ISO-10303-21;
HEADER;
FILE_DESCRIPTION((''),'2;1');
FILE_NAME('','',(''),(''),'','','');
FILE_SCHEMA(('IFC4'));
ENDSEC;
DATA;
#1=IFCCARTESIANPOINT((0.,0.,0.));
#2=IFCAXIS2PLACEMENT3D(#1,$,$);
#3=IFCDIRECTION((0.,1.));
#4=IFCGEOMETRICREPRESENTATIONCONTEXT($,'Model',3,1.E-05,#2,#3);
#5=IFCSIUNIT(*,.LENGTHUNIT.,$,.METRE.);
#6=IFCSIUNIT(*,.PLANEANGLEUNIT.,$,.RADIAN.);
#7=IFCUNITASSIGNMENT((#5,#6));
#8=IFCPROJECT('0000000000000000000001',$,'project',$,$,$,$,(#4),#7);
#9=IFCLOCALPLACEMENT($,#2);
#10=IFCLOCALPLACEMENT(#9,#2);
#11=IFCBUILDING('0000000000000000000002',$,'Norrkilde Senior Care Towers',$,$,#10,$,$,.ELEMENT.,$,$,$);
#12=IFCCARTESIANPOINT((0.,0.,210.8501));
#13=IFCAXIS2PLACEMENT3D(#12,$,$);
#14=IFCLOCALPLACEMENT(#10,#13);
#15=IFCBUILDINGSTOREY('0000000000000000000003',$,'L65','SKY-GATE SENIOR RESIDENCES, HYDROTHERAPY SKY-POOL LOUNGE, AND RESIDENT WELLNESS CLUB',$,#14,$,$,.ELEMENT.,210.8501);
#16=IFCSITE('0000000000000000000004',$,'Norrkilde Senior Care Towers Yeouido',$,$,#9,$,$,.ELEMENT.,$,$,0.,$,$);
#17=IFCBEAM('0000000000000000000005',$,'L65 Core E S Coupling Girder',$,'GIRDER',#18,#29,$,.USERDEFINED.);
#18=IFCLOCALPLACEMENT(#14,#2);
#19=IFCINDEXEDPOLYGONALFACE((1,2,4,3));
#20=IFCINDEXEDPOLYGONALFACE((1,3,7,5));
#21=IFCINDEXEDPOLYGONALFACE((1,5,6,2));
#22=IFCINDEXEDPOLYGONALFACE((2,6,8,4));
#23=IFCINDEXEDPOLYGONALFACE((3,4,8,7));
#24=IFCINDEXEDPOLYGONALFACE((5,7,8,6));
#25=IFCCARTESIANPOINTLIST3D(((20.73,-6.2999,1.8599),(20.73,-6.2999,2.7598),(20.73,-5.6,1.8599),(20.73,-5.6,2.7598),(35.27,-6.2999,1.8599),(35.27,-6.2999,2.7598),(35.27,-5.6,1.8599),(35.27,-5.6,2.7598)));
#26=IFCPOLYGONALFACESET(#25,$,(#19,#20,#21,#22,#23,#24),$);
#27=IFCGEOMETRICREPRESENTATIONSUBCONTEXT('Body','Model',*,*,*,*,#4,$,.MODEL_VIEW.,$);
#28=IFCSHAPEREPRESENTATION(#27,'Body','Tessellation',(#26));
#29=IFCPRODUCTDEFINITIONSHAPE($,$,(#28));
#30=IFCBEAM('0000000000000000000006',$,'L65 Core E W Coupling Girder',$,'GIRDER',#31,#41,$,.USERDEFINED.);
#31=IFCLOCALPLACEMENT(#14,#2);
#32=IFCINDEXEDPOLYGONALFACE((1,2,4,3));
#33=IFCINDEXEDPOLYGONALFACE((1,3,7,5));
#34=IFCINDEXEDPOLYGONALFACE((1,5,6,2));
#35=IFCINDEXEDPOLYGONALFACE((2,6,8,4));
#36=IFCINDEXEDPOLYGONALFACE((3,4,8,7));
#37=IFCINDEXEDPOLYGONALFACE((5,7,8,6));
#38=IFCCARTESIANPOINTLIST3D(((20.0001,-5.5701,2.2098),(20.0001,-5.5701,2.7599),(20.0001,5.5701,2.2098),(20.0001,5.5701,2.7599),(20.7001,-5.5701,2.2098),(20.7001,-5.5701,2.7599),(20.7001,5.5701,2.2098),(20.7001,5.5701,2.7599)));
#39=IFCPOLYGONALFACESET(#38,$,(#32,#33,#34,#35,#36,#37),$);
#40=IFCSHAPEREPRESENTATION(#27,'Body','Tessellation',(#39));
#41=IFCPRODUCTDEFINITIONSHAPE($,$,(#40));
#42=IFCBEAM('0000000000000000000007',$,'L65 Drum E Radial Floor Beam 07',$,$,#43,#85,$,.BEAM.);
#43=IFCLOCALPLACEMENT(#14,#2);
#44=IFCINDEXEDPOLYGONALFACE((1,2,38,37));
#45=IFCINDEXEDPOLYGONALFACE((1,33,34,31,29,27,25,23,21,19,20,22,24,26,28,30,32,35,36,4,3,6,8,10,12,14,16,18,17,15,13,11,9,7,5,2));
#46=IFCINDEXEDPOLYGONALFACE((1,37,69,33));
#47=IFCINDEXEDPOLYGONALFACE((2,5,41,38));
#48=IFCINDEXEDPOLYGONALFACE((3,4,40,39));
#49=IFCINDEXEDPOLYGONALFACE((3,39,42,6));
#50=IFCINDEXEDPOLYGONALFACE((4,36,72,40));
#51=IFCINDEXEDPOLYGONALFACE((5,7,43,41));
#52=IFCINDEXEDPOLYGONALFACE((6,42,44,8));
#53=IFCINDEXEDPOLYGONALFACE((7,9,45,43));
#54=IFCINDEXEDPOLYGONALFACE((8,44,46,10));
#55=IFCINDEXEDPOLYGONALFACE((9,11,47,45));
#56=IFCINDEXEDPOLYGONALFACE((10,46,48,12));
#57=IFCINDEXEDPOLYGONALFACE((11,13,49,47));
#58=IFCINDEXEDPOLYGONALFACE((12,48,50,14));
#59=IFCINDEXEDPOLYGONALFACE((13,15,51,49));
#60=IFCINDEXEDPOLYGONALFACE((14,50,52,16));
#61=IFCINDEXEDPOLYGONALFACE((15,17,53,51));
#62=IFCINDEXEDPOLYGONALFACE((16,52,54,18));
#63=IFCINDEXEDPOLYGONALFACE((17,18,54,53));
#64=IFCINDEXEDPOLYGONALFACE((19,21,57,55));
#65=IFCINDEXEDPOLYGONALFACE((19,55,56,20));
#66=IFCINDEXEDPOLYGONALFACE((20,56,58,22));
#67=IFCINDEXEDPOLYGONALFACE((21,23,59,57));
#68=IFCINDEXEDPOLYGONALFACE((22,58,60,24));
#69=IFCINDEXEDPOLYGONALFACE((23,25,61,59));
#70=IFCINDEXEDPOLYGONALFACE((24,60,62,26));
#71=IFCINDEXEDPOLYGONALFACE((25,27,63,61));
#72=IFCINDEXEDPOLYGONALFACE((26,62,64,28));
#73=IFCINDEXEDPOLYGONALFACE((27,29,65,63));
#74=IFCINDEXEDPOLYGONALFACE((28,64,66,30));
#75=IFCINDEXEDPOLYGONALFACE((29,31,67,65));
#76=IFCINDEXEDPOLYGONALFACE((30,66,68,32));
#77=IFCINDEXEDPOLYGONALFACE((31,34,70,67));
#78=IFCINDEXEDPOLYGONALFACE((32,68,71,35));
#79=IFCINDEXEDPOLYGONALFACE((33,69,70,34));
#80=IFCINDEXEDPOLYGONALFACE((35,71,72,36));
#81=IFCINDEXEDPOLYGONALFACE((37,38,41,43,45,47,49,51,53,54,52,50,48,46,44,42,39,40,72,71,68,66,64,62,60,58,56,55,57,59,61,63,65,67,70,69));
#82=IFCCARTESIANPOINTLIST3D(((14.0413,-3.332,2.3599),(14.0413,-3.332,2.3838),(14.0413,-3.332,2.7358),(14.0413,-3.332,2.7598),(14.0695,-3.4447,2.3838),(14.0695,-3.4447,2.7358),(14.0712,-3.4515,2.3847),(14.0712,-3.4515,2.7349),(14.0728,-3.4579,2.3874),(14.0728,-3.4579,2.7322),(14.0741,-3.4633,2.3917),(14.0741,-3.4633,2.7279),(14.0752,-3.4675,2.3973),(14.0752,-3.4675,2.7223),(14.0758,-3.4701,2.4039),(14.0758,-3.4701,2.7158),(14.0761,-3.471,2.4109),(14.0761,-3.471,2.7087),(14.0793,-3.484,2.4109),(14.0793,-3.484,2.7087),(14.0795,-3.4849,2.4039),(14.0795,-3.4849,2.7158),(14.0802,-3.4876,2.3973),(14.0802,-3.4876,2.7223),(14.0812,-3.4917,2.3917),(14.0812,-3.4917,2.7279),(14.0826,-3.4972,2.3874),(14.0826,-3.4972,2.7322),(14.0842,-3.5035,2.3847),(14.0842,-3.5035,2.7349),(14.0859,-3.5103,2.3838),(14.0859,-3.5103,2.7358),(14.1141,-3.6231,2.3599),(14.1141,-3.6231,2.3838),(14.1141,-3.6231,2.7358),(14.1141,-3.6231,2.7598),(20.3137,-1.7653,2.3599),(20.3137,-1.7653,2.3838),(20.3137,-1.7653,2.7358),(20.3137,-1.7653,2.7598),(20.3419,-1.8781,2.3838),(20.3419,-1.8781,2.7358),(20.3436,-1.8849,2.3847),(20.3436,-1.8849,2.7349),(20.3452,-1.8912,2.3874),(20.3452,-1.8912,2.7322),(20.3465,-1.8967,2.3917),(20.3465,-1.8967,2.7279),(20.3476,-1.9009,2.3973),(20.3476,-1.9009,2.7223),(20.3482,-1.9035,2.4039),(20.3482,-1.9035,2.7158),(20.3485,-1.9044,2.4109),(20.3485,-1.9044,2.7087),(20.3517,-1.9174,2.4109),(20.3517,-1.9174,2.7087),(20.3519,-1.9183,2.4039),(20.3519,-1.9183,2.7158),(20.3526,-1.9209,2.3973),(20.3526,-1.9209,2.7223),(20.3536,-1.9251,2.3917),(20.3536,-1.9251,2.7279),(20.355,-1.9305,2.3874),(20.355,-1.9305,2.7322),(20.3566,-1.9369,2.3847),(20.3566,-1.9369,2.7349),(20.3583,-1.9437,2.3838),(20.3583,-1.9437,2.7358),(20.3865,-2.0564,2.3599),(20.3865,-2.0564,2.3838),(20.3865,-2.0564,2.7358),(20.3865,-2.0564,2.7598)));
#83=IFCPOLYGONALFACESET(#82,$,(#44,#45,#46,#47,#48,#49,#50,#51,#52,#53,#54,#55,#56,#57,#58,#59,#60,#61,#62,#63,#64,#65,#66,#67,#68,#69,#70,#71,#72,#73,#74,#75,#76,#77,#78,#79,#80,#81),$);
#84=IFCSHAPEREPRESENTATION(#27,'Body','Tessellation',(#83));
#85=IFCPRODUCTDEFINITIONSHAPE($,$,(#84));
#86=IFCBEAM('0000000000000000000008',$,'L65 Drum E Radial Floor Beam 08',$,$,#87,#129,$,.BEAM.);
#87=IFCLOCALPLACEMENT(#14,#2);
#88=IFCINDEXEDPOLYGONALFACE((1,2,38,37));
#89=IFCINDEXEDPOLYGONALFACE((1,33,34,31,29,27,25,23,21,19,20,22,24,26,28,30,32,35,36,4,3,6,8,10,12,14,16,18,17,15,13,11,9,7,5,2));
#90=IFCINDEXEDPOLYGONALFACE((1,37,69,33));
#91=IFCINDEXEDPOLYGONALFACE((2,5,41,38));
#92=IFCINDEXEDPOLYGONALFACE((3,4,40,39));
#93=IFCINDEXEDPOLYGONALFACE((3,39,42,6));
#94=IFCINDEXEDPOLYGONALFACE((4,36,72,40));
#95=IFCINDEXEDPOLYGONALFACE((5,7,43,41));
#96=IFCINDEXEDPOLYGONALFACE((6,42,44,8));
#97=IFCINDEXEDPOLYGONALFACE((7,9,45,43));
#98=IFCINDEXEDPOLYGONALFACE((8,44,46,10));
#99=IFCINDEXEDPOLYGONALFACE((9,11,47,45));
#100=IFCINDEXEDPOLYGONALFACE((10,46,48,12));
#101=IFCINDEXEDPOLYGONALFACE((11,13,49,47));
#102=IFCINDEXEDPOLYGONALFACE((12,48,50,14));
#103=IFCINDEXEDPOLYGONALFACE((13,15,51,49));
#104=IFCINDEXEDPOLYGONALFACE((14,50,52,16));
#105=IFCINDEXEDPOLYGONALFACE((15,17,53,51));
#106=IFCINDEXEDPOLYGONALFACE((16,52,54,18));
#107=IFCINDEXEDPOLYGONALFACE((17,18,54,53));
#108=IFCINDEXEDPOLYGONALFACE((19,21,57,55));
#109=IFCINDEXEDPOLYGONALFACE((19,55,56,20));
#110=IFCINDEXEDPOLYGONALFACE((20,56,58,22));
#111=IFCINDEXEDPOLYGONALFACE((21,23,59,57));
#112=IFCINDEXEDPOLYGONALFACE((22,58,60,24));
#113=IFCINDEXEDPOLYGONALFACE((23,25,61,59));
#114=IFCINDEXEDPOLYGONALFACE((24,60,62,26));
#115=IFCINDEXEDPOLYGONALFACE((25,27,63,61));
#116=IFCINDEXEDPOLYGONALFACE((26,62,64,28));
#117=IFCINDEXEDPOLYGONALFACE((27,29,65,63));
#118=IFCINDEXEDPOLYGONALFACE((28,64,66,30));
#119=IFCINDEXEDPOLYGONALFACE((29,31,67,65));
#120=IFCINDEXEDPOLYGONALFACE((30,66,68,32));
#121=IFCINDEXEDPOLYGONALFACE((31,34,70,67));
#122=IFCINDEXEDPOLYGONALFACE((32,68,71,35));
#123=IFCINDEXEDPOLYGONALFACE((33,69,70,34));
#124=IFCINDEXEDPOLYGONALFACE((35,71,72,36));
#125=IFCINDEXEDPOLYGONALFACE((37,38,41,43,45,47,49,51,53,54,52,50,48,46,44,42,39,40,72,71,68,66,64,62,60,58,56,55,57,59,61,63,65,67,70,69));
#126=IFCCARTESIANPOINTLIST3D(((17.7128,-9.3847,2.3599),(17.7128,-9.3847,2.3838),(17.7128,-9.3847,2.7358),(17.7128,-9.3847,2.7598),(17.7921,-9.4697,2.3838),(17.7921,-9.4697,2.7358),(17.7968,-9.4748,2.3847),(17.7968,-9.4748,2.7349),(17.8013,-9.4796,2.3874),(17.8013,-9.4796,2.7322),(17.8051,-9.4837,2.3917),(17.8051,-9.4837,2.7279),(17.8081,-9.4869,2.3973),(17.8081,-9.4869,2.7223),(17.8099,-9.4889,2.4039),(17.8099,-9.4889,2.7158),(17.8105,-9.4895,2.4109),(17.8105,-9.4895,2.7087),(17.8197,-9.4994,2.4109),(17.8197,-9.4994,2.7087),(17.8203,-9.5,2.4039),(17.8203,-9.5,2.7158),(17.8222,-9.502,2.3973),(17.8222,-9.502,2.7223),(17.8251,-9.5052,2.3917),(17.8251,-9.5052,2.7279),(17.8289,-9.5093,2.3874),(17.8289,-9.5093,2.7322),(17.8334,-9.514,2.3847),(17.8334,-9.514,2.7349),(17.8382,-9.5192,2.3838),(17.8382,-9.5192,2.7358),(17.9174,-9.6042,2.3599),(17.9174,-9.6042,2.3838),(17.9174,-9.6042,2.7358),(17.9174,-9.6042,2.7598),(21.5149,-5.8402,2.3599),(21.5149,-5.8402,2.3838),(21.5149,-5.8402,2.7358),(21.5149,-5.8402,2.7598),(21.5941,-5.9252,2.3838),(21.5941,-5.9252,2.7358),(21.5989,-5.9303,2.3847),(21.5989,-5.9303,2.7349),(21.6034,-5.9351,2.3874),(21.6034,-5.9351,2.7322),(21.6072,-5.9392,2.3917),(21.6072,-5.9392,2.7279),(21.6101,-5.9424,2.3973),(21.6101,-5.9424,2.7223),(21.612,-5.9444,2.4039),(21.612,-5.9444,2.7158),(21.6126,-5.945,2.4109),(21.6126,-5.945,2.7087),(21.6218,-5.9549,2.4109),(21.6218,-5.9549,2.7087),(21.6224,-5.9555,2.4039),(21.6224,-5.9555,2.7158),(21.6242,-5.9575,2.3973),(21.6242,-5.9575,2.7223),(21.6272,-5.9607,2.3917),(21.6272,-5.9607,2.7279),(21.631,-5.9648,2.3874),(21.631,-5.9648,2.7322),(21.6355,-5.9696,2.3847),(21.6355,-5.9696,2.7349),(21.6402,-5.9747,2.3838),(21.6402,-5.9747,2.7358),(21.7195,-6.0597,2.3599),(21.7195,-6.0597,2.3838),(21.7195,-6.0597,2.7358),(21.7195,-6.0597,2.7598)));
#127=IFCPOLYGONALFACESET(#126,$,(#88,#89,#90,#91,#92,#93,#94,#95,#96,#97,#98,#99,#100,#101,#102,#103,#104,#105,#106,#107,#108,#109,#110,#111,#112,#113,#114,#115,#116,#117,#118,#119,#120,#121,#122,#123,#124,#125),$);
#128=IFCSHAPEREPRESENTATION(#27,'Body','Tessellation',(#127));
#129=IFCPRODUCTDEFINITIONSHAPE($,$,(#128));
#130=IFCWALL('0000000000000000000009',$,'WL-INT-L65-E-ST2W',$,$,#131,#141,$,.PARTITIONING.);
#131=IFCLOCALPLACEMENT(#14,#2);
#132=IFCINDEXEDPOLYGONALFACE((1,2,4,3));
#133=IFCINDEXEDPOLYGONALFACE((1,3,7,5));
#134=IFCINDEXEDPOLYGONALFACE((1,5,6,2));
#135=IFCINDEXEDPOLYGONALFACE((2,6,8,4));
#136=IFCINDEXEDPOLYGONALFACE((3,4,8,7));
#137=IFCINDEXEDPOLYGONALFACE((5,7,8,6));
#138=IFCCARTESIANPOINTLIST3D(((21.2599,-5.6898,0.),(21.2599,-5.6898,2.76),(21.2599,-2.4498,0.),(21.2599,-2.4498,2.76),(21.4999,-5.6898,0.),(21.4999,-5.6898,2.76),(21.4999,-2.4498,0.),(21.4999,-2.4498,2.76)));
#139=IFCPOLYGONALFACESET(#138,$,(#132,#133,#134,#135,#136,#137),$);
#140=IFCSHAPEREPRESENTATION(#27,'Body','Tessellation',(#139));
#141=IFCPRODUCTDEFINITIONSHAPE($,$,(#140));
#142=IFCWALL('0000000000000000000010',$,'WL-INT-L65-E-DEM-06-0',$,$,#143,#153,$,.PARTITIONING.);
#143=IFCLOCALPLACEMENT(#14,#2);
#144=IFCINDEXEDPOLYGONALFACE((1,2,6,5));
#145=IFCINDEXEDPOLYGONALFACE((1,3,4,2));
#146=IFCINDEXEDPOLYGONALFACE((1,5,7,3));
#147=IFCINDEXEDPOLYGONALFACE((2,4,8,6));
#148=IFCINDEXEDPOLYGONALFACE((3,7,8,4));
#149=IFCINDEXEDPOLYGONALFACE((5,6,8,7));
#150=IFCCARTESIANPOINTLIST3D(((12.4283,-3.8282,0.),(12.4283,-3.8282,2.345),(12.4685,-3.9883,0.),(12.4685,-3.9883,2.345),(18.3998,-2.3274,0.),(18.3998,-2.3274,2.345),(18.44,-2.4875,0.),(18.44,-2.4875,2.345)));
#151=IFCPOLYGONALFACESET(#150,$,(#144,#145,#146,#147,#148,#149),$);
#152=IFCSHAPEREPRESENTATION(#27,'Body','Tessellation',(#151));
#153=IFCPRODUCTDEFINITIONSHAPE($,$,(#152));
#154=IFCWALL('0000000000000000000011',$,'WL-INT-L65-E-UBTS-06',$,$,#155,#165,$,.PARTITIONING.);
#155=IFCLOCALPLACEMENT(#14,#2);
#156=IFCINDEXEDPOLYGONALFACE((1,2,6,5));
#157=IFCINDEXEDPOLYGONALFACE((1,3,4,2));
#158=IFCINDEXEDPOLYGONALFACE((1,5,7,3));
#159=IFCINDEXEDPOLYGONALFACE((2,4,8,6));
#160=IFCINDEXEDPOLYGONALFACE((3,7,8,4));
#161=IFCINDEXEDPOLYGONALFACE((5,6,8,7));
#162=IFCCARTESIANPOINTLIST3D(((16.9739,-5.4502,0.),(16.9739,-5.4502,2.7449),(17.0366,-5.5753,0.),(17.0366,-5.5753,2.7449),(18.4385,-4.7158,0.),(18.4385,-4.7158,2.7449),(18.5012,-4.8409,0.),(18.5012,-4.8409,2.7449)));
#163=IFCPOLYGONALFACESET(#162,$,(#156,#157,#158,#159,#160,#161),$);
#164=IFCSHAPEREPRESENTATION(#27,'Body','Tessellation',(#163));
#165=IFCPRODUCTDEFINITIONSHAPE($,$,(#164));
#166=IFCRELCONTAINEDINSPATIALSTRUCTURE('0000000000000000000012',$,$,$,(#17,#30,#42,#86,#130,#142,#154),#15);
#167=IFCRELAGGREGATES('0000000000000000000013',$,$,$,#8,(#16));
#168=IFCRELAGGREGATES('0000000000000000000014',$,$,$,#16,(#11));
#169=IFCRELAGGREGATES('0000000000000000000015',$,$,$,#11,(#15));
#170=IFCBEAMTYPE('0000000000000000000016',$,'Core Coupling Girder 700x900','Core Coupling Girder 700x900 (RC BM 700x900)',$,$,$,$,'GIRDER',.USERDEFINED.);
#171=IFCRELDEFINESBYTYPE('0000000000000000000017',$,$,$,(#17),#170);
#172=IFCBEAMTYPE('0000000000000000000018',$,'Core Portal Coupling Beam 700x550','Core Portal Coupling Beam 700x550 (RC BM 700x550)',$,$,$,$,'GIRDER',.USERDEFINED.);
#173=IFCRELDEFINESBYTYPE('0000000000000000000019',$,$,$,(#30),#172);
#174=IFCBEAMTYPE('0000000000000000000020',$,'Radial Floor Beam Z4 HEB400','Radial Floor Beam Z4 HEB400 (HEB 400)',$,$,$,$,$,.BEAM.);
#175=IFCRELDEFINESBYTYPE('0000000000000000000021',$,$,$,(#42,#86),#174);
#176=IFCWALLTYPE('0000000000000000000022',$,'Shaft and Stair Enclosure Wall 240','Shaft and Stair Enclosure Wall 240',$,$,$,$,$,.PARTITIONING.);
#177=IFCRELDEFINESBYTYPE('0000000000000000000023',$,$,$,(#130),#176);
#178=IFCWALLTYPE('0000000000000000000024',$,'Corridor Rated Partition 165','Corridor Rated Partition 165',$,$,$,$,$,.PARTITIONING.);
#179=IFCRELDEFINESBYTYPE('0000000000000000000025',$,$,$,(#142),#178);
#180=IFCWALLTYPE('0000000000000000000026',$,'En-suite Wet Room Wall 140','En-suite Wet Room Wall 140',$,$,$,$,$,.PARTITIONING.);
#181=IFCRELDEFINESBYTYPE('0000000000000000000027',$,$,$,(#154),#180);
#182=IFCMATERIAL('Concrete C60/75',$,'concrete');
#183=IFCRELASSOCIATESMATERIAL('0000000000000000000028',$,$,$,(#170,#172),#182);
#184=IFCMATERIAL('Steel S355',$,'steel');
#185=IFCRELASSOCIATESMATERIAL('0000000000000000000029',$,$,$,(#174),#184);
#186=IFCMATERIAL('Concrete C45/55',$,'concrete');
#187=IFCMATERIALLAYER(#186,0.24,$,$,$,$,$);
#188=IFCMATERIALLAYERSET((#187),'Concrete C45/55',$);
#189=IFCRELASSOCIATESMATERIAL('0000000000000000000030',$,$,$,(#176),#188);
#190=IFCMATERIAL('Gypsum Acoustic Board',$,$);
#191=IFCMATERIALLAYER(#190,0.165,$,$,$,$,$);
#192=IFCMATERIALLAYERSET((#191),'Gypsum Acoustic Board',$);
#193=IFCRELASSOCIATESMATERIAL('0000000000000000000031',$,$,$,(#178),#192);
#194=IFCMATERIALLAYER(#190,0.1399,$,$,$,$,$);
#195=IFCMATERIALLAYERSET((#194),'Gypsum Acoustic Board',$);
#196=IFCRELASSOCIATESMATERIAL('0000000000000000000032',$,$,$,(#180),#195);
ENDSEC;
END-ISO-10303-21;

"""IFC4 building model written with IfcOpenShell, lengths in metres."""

from ifc_helpers import new_model, si_unit, direction, frame, frame_2d, origin, origin_2d, place, context, subcontext, project, spatial, rectangle, i_section, extrude, source, transform, mapped, material, layer, layer_set, material_profile, profile_set, type_object, type_shapes, element, save


model = new_model("IFC4")

# Units and contexts
model_context = context("Model", 3, precision=1e-05, world=origin(), true_north=direction((0.0, 1.0)))
body_context = subcontext(model_context, "Body", "Model", "MODEL_VIEW")
ifc_project = project(units=[si_unit("LENGTHUNIT", "METRE"), si_unit("PLANEANGLEUNIT", "RADIAN")], contexts=[model_context])

# Site, building, storey
site_placement = place(None, origin())
site = spatial("IfcSite", under=ifc_project, at=site_placement, Name="Norrkilde Senior Care Towers Yeouido", CompositionType="ELEMENT", RefElevation=0.0)
building_placement = place(site_placement, origin())
building = spatial("IfcBuilding", under=site, at=building_placement, Name="Norrkilde Senior Care Towers", CompositionType="ELEMENT")
storey_placement = place(building_placement, frame((0.0, 0.0, 210.8501)))
storey = spatial("IfcBuildingStorey", under=building, at=storey_placement, Name="L65", Description="SKY-GATE SENIOR RESIDENCES, HYDROTHERAPY SKY-POOL LOUNGE, AND RESIDENT WELLNESS CLUB", CompositionType="ELEMENT", Elevation=210.8501)

# Beams
ifc_material_1 = material(Name="Concrete C60/75", Category="concrete")
ifc_material_profile_1 = material_profile(ifc_material_1, rectangle(XDim=0.7, YDim=0.8999, at=origin_2d()), Name="RC BM 700x900")
ifc_profile_set_1 = profile_set([ifc_material_profile_1], Name="Concrete C60/75")
beam_type_1 = type_object("IfcBeamType", Name="Core Coupling Girder 700x900", Description="Core Coupling Girder 700x900 (RC BM 700x900)", ElementType="GIRDER", PredefinedType="USERDEFINED", material=ifc_profile_set_1)
shared_shape_1 = source(origin(), body_context, "Body", "SweptSolid", [
    extrude(rectangle(XDim=0.7, YDim=0.8999, at=origin_2d()), origin(), (0.0, 0.0, 1.0), 14.54),
])
type_shapes(beam_type_1, [shared_shape_1])
beam_1_placement = place(storey_placement, frame((20.73, -5.95, 2.3098), z_axis=(1.0, 0.0, 0.0), x_axis=(0.0, 1.0, 0.0)))
element("IfcBeam", 1, at=beam_1_placement, inside=storey, type_object=beam_type_1, Name="L65 Core E S Coupling Girder", ObjectType="GIRDER", PredefinedType="USERDEFINED", context=body_context, shape_type="MappedRepresentation", body=[
    mapped(shared_shape_1, transform((0.0, 0.0, 0.0), x_axis=(1.0, 0.0, 0.0), y_axis=(0.0, 1.0, 0.0), z_axis=(0.0, 0.0, 1.0), scale=1.0)),
])
ifc_material_profile_2 = material_profile(ifc_material_1, rectangle(XDim=0.7, YDim=0.55, at=origin_2d()), Name="RC BM 700x550")
ifc_profile_set_2 = profile_set([ifc_material_profile_2], Name="Concrete C60/75")
beam_type_2 = type_object("IfcBeamType", Name="Core Portal Coupling Beam 700x550", Description="Core Portal Coupling Beam 700x550 (RC BM 700x550)", ElementType="GIRDER", PredefinedType="USERDEFINED", material=ifc_profile_set_2)
shared_shape_2 = source(origin(), body_context, "Body", "SweptSolid", [
    extrude(rectangle(XDim=0.7, YDim=0.55, at=origin_2d()), origin(), (0.0, 0.0, 1.0), 11.1401),
])
type_shapes(beam_type_2, [shared_shape_2])
beam_2_placement = place(storey_placement, frame((20.3501, -5.5701, 2.4849), z_axis=(0.0, 1.0, 0.0), x_axis=(-1.0, 0.0, 0.0)))
element("IfcBeam", 2, at=beam_2_placement, inside=storey, type_object=beam_type_2, Name="L65 Core E W Coupling Girder", ObjectType="GIRDER", PredefinedType="USERDEFINED", context=body_context, shape_type="MappedRepresentation", body=[
    mapped(shared_shape_2, transform((0.0, 0.0, 0.0), x_axis=(1.0, 0.0, 0.0), y_axis=(0.0, 1.0, 0.0), z_axis=(0.0, 0.0, 1.0), scale=1.0)),
])
ifc_material_2 = material(Name="Steel S355", Category="steel")
ifc_material_profile_3 = material_profile(ifc_material_2, i_section(OverallWidth=0.3, OverallDepth=0.3999, WebThickness=0.0134, FlangeThickness=0.0239, FilletRadius=0.0271, at=origin_2d()), Name="HEB 400")
ifc_profile_set_3 = profile_set([ifc_material_profile_3], Name="Steel S355")
beam_type_3 = type_object("IfcBeamType", Name="Radial Floor Beam Z4 HEB400", Description="Radial Floor Beam Z4 HEB400 (HEB 400)", PredefinedType="BEAM", material=ifc_profile_set_3)
shared_shape_3 = source(origin(), body_context, "Body", "SweptSolid", [
    extrude(i_section(OverallWidth=0.3, OverallDepth=0.3999, WebThickness=0.0134, FlangeThickness=0.0239, FilletRadius=0.0271, at=origin_2d()), origin(), (0.0, 0.0, 1.0), 6.4651),
])
beam_3_placement = place(storey_placement, frame((20.3501, -1.9109, 2.5598), z_axis=(-0.970196, -0.242322, 0.0), x_axis=(0.242322, -0.970196, 0.0)))
element("IfcBeam", 3, at=beam_3_placement, inside=storey, type_object=beam_type_3, Name="L65 Drum E Radial Floor Beam 07", PredefinedType="BEAM", context=body_context, shape_type="MappedRepresentation", body=[
    mapped(shared_shape_3, transform((0.0, 0.0, 0.0), x_axis=(1.0, 0.0, 0.0), y_axis=(0.0, 1.0, 0.0), z_axis=(0.0, 0.0, 1.0), scale=1.0)),
])
shared_shape_4 = source(origin(), body_context, "Body", "SweptSolid", [
    extrude(i_section(OverallWidth=0.3, OverallDepth=0.3999, WebThickness=0.0134, FlangeThickness=0.0239, FilletRadius=0.0271, at=origin_2d()), origin(), (0.0, 0.0, 1.0), 5.198),
])
type_shapes(beam_type_3, [shared_shape_3, shared_shape_4])
beam_4_placement = place(storey_placement, frame((21.6172, -5.95, 2.5598), z_axis=(-0.731449, -0.681896, 0.0), x_axis=(0.681896, -0.731449, 0.0)))
element("IfcBeam", 4, at=beam_4_placement, inside=storey, type_object=beam_type_3, Name="L65 Drum E Radial Floor Beam 08", PredefinedType="BEAM", context=body_context, shape_type="MappedRepresentation", body=[
    mapped(shared_shape_4, transform((0.0, 0.0, 0.0), x_axis=(1.0, 0.0, 0.0), y_axis=(0.0, 1.0, 0.0), z_axis=(0.0, 0.0, 1.0), scale=1.0)),
])

# Shared definitions
ifc_material_3 = material(Name="Concrete C45/55", Category="concrete")
ifc_layer_1 = layer(ifc_material_3, 0.24)
ifc_layer_set_1 = layer_set([ifc_layer_1], Name="Concrete C45/55")
wall_type_1 = type_object("IfcWallType", Name="Shaft and Stair Enclosure Wall 240", Description="Shaft and Stair Enclosure Wall 240", PredefinedType="PARTITIONING", material=ifc_layer_set_1)

# Walls
shared_shape_5 = source(origin(), body_context, "Body", "SweptSolid", [
    extrude(rectangle(XDim=3.24, YDim=0.24, at=frame_2d((1.6201, 0.0))), origin(), (0.0, 0.0, 1.0), 2.76),
])
wall_1_placement = place(storey_placement, frame((21.3799, -5.6899, 0.0), z_axis=(0.0, 0.0, 1.0), x_axis=(0.0, 1.0, 0.0)))
element("IfcWall", 5, at=wall_1_placement, inside=storey, type_object=wall_type_1, Name="WL-INT-L65-E-ST2W", PredefinedType="PARTITIONING", context=body_context, shape_type="MappedRepresentation", body=[
    mapped(shared_shape_5, transform((0.0, 0.0, 0.0), x_axis=(1.0, 0.0, 0.0), y_axis=(0.0, 1.0, 0.0), z_axis=(0.0, 0.0, 1.0), scale=1.0)),
])
ifc_material_4 = material(Name="Gypsum Acoustic Board")
ifc_layer_2 = layer(ifc_material_4, 0.165)
ifc_layer_set_2 = layer_set([ifc_layer_2], Name="Gypsum Acoustic Board")
wall_type_2 = type_object("IfcWallType", Name="Corridor Rated Partition 165", Description="Corridor Rated Partition 165", PredefinedType="PARTITIONING", material=ifc_layer_set_2)
shared_shape_6 = source(origin(), body_context, "Body", "SweptSolid", [
    extrude(rectangle(XDim=6.1572, YDim=0.165, at=frame_2d((3.0786, 0.0))), origin(), (0.0, 0.0, 1.0), 2.345),
])
type_shapes(wall_type_2, [shared_shape_6])
wall_2_placement = place(storey_placement, frame((18.4199, -2.4075, 0.0), z_axis=(0.0, 0.0, 1.0), x_axis=(-0.969841, -0.243739, 0.0)))
element("IfcWall", 6, at=wall_2_placement, inside=storey, type_object=wall_type_2, Name="WL-INT-L65-E-DEM-06-0", PredefinedType="PARTITIONING", context=body_context, shape_type="MappedRepresentation", body=[
    mapped(shared_shape_6, transform((0.0, 0.0, 0.0), x_axis=(1.0, 0.0, 0.0), y_axis=(0.0, 1.0, 0.0), z_axis=(0.0, 0.0, 1.0), scale=1.0)),
])
ifc_layer_3 = layer(ifc_material_4, 0.1399)
ifc_layer_set_3 = layer_set([ifc_layer_3], Name="Gypsum Acoustic Board")
wall_type_3 = type_object("IfcWallType", Name="En-suite Wet Room Wall 140", Description="En-suite Wet Room Wall 140", PredefinedType="PARTITIONING", material=ifc_layer_set_3)
shared_shape_7 = source(origin(), body_context, "Body", "SweptSolid", [
    extrude(rectangle(XDim=1.6384, YDim=0.1399, at=frame_2d((0.8193, 0.0))), origin(), (0.0, 0.0, 1.0), 2.7449),
])
wall_3_placement = place(storey_placement, frame((18.47, -4.7783, 0.0), z_axis=(0.0, 0.0, 1.0), x_axis=(-0.89392, -0.448227, 0.0)))
element("IfcWall", 7, at=wall_3_placement, inside=storey, type_object=wall_type_3, Name="WL-INT-L65-E-UBTS-06", PredefinedType="PARTITIONING", context=body_context, shape_type="MappedRepresentation", body=[
    mapped(shared_shape_7, transform((0.0, 0.0, 0.0), x_axis=(1.0, 0.0, 0.0), y_axis=(0.0, 1.0, 0.0), z_axis=(0.0, 0.0, 1.0), scale=1.0)),
])

save(model, "model.ifc")
